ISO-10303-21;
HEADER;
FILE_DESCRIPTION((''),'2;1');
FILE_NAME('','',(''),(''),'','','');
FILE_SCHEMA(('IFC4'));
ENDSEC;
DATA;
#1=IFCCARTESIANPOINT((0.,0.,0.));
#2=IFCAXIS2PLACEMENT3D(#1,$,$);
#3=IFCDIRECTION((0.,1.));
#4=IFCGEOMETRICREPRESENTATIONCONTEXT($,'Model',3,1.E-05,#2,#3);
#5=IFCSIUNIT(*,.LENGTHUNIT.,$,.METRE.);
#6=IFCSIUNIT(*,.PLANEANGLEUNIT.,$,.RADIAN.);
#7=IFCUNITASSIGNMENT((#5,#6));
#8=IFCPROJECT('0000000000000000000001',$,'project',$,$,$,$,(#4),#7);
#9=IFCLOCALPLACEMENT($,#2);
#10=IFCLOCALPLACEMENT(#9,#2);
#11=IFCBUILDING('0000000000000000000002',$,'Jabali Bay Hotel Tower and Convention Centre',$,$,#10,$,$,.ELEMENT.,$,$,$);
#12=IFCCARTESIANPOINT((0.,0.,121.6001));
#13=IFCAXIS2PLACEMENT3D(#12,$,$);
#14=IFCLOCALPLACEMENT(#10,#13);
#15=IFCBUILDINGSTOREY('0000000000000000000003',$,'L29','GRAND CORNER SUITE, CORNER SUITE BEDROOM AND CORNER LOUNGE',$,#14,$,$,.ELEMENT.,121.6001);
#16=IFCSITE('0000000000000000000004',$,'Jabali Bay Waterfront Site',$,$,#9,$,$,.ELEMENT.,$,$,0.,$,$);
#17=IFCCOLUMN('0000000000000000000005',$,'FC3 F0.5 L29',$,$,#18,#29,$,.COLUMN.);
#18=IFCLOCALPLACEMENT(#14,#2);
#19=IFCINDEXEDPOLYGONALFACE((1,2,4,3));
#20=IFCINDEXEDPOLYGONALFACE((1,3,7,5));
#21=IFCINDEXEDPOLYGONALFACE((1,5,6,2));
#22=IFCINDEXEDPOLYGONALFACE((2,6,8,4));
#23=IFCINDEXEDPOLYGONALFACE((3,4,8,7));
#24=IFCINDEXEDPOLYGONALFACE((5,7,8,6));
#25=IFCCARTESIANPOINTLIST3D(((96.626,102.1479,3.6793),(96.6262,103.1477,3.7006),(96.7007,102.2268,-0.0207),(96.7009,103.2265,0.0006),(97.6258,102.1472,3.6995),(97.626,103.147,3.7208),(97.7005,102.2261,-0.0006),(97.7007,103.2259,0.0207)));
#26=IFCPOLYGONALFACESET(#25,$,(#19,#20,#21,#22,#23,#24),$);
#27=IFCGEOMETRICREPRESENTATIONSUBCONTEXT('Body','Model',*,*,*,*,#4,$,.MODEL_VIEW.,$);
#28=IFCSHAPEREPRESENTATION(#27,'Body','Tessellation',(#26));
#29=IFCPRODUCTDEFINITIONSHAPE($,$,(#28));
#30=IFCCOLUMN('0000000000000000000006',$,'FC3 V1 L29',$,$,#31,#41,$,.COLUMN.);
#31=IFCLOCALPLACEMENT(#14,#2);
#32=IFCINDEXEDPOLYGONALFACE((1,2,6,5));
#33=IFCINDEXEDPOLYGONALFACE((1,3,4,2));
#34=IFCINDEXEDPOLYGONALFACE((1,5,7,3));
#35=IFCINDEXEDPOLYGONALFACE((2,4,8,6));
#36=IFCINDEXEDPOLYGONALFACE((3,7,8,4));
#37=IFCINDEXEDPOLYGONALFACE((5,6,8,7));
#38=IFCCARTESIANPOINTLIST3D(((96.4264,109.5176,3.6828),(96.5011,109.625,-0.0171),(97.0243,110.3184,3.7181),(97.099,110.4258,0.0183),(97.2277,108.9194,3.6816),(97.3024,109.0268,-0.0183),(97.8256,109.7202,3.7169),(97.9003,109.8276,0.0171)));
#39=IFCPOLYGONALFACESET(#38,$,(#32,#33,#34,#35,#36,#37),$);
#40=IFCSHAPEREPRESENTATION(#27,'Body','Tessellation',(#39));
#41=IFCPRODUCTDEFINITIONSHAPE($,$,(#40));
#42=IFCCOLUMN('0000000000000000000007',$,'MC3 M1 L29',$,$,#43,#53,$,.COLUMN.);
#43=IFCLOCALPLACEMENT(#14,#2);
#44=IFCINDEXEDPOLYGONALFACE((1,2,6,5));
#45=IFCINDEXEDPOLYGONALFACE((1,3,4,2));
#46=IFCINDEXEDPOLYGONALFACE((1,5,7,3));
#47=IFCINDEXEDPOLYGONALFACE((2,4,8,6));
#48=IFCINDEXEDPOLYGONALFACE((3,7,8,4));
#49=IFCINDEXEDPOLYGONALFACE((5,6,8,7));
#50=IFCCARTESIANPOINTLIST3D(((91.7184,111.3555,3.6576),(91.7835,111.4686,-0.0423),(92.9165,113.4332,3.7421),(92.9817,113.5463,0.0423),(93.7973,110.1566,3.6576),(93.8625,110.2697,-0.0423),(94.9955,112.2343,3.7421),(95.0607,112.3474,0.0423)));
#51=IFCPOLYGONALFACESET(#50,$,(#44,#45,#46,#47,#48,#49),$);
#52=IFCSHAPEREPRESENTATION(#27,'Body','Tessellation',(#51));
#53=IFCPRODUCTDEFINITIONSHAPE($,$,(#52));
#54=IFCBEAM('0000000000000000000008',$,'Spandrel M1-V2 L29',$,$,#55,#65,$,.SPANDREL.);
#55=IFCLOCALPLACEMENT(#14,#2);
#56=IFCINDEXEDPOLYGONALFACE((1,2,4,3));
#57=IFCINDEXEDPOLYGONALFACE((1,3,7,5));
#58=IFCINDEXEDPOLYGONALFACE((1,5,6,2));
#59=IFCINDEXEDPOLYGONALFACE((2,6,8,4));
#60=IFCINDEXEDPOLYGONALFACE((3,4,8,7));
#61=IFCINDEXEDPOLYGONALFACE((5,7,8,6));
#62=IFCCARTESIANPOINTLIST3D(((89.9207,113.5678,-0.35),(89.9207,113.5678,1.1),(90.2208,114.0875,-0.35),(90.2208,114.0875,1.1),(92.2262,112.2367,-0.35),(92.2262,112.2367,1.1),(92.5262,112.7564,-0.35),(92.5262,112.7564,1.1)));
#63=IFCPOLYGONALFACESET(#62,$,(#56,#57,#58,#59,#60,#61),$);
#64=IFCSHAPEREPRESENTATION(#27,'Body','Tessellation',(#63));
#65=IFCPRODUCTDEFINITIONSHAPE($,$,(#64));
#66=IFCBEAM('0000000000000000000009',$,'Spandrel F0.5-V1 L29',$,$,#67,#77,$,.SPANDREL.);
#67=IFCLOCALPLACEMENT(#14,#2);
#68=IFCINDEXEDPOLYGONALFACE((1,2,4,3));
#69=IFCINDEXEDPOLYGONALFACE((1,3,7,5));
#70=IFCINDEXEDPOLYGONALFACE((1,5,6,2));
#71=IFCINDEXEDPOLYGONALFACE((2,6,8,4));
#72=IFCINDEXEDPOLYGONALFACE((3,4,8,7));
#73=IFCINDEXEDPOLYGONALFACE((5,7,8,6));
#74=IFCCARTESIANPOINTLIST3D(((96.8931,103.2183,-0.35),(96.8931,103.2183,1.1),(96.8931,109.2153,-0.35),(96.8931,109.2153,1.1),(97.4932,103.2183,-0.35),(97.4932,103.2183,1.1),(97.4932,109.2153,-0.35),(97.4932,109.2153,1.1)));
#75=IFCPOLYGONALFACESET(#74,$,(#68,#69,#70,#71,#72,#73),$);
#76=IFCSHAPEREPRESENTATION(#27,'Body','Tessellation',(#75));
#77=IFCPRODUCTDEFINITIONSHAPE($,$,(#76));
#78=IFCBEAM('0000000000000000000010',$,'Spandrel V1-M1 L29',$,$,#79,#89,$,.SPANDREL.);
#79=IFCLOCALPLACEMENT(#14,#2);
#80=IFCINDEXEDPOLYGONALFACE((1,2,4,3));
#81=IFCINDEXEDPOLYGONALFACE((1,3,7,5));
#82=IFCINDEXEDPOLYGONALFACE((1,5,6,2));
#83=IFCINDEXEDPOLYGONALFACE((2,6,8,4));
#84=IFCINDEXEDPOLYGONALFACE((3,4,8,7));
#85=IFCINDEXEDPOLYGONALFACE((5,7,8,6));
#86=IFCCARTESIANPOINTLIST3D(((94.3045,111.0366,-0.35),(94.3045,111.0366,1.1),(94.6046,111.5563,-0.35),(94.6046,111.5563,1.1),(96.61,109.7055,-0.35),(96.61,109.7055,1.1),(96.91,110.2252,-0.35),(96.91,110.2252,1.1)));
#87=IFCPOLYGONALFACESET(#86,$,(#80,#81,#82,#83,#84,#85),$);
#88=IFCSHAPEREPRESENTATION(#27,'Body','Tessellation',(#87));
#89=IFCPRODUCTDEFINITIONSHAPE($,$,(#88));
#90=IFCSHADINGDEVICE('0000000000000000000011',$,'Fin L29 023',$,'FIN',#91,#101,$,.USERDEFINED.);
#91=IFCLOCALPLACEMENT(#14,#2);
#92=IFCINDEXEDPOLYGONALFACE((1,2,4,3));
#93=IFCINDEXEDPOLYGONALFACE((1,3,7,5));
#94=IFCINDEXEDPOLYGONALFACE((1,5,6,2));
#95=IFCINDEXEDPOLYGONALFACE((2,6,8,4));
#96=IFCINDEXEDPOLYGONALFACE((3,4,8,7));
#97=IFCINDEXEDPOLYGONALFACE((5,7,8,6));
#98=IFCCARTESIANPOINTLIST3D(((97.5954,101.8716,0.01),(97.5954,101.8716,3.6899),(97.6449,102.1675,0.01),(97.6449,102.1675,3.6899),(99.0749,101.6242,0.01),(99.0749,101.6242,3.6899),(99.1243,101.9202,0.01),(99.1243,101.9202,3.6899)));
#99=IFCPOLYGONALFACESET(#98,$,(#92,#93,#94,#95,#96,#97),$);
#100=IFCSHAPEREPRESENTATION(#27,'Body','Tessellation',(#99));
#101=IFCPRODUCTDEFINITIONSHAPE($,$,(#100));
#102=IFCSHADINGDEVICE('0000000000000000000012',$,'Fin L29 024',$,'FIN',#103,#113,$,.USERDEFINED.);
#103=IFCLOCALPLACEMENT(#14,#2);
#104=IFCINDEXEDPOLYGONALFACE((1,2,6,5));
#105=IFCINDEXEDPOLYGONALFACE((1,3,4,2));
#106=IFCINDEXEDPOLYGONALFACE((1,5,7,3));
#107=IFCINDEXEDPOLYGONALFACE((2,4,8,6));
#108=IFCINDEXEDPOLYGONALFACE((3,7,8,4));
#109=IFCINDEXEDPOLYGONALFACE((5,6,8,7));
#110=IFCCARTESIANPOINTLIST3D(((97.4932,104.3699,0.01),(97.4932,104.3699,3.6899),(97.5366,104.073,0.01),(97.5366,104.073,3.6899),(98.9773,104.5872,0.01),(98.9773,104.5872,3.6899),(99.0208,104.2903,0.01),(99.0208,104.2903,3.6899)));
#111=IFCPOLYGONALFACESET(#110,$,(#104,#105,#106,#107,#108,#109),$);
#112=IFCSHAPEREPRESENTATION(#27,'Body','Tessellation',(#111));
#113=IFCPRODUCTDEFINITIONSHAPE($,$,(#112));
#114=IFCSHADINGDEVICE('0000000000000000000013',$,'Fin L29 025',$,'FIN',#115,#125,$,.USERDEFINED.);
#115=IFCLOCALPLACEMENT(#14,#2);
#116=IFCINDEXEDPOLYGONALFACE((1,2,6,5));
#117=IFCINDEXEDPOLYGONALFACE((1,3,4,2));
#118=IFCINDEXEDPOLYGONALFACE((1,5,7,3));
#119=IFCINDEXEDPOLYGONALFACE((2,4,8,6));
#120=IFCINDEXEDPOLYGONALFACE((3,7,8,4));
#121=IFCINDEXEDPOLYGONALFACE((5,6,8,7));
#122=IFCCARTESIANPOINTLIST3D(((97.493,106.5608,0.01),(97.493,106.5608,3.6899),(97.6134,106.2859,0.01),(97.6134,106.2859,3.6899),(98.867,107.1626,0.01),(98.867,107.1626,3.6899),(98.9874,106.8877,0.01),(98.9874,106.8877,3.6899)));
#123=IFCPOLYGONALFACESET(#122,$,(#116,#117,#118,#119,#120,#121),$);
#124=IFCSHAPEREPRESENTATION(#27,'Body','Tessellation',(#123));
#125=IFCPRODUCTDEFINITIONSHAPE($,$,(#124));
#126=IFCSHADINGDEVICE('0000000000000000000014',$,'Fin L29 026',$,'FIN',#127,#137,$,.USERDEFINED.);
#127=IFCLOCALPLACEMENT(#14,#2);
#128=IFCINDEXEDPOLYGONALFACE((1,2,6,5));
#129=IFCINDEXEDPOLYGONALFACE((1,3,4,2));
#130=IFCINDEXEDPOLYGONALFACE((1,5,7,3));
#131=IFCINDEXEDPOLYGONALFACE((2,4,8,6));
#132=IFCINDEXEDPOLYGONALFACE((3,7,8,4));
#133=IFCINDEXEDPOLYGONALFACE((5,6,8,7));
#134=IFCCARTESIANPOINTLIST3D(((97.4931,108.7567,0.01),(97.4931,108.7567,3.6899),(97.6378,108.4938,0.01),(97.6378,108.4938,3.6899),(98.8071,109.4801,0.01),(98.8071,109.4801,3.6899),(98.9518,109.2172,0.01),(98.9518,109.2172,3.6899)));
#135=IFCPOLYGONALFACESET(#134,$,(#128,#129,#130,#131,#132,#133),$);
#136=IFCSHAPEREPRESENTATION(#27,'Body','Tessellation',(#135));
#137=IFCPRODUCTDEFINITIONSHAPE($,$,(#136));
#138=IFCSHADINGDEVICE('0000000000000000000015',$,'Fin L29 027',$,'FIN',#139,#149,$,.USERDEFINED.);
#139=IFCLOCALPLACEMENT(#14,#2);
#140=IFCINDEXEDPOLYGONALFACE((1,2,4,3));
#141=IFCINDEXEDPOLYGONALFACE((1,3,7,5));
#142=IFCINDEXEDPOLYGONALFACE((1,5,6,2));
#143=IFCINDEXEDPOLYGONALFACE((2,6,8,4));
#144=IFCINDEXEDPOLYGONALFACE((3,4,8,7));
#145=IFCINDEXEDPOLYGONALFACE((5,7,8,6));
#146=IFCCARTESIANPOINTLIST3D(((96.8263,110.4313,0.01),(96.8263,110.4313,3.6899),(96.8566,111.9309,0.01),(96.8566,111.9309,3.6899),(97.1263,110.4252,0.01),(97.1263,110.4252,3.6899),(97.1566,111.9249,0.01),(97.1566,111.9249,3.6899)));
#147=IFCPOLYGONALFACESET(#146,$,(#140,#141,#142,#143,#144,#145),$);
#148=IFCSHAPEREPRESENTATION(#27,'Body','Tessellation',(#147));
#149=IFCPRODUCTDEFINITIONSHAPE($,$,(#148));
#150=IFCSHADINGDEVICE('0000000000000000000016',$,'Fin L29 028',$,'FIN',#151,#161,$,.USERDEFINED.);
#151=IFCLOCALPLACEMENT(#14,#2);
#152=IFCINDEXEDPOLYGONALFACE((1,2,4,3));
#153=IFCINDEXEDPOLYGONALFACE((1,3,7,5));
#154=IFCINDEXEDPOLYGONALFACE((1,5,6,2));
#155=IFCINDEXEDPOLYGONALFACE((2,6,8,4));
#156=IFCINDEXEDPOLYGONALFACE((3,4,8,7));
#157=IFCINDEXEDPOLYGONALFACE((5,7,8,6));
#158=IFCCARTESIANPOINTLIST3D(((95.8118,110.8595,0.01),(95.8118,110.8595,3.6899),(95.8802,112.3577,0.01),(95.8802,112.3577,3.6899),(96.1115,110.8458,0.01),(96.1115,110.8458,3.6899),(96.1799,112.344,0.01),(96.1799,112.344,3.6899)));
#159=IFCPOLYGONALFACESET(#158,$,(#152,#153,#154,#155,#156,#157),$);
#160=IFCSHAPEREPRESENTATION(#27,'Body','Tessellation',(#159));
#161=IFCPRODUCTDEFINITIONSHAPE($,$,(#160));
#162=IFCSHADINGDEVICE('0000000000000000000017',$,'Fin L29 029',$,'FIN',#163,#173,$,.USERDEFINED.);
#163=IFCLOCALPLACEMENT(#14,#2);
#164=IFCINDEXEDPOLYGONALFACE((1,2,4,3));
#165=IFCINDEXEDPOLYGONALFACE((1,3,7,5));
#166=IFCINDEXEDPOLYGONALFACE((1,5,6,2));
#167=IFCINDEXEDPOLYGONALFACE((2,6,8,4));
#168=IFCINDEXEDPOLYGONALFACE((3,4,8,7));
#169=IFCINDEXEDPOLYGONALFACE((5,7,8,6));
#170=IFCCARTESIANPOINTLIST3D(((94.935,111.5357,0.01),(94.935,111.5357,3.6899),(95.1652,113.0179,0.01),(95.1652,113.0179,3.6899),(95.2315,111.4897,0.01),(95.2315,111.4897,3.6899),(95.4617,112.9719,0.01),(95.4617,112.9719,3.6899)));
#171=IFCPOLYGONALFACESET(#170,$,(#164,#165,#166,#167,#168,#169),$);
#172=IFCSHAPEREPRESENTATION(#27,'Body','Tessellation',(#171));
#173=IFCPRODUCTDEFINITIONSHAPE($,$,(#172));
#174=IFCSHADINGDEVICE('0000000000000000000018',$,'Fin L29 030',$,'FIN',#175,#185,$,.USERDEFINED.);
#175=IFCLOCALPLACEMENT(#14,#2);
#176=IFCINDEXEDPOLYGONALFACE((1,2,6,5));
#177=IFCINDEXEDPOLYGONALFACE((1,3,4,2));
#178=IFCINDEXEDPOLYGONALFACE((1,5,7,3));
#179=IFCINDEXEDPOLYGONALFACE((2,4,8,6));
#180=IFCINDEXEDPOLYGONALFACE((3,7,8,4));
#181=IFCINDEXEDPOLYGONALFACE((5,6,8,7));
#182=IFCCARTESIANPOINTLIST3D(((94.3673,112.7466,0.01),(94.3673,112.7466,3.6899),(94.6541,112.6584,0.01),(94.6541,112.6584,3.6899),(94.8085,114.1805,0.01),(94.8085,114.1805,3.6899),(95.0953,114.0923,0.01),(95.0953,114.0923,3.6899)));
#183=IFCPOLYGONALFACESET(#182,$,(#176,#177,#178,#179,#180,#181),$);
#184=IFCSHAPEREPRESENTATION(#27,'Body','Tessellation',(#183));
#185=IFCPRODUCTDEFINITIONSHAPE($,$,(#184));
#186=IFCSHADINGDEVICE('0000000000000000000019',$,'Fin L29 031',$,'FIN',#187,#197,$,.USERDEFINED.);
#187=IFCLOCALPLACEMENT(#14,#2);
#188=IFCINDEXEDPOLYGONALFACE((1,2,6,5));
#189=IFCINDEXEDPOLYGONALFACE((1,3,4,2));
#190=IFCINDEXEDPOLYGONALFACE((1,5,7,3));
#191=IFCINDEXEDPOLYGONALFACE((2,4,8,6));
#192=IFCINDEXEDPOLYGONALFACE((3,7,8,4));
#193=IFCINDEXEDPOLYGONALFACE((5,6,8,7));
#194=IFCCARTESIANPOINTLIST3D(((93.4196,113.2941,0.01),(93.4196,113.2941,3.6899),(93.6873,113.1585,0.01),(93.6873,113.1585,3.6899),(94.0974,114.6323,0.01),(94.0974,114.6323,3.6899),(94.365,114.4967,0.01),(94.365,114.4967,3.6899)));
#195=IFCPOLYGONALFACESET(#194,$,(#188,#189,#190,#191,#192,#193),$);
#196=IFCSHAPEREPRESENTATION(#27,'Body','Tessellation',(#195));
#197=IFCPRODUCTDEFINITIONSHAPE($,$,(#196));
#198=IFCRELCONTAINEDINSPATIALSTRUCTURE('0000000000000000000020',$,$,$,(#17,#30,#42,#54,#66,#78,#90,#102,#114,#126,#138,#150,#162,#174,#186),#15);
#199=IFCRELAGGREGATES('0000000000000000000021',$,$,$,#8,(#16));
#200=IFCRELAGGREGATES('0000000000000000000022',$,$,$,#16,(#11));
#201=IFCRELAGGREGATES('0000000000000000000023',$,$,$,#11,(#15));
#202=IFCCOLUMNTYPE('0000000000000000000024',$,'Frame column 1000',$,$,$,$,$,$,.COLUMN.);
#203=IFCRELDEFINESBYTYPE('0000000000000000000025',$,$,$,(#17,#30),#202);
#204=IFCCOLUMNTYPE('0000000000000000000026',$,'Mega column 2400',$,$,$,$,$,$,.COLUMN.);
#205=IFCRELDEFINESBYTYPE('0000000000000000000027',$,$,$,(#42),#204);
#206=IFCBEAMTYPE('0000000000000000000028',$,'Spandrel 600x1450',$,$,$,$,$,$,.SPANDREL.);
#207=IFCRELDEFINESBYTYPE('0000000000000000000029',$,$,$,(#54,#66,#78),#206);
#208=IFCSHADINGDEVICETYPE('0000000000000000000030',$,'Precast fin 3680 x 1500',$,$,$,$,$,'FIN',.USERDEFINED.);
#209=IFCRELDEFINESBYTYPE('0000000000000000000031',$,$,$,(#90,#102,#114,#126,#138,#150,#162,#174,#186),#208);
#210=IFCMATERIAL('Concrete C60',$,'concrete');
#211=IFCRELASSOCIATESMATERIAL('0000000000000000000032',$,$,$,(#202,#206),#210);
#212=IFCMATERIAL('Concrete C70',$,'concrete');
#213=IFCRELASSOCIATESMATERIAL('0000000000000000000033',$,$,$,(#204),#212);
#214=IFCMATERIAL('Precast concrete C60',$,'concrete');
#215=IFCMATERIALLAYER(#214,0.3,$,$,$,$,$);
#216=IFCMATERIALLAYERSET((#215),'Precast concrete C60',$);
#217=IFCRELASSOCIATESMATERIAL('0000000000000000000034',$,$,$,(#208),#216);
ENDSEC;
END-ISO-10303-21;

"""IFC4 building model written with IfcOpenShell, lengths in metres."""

from ifc_helpers import new_model, si_unit, direction, frame, frame_2d, origin, origin_2d, place, context, subcontext, project, spatial, rectangle, extrude, material, layer, layer_set, material_profile, profile_set, type_object, element, save


model = new_model("IFC4")

# Units and contexts
model_context = context("Model", 3, precision=1e-05, world=origin(), true_north=direction((0.0, 1.0)))
body_context = subcontext(model_context, "Body", "Model", "MODEL_VIEW")
ifc_project = project(units=[si_unit("LENGTHUNIT", "METRE"), si_unit("PLANEANGLEUNIT", "RADIAN")], contexts=[model_context])

# Site, building, storey
site_placement = place(None, origin())
site = spatial("IfcSite", under=ifc_project, at=site_placement, Name="Jabali Bay Waterfront Site", CompositionType="ELEMENT", RefElevation=0.0)
building_placement = place(site_placement, origin())
building = spatial("IfcBuilding", under=site, at=building_placement, Name="Jabali Bay Hotel Tower and Convention Centre", CompositionType="ELEMENT")
storey_placement = place(building_placement, frame((0.0, 0.0, 121.6001)))
storey = spatial("IfcBuildingStorey", under=building, at=storey_placement, Name="L29", Description="GRAND CORNER SUITE, CORNER SUITE BEDROOM AND CORNER LOUNGE", CompositionType="ELEMENT", Elevation=121.6001)

# Columns
ifc_material_1 = material(Name="Concrete C60", Category="concrete")
ifc_material_profile_1 = material_profile(ifc_material_1, rectangle(XDim=1.0, YDim=1.0, at=origin_2d()), Name="Frame column 1000")
ifc_profile_set_1 = profile_set([ifc_material_profile_1], Name="Concrete C60")
column_type_1 = type_object("IfcColumnType", Name="Frame column 1000", PredefinedType="COLUMN", material=ifc_profile_set_1)
column_1_placement = place(storey_placement, frame((97.2007, 102.7263, 0.0), z_axis=(-0.020183, -0.021304, 0.999569), x_axis=(0.999796, -0.000658, 0.020173)))
element("IfcColumn", 1, at=column_1_placement, inside=storey, type_object=column_type_1, Name="FC3 F0.5 L29", PredefinedType="COLUMN", context=body_context, shape_type="SweptSolid", body=[
    extrude(rectangle(XDim=1.0, YDim=1.0, at=origin_2d()), origin(), (0.0, 0.0, 1.0), 3.7017),
])
column_2_placement = place(storey_placement, frame((97.2007, 109.7263, 0.0), z_axis=(-0.020179, -0.029015, 0.999375), x_axis=(0.597893, 0.800797, 0.035322)))
element("IfcColumn", 2, at=column_2_placement, inside=storey, type_object=column_type_1, Name="FC3 V1 L29", PredefinedType="COLUMN", context=body_context, shape_type="SweptSolid", body=[
    extrude(rectangle(XDim=1.0, YDim=1.0, at=origin_2d()), origin(), (0.0, 0.0, 1.0), 3.7021),
])
ifc_material_2 = material(Name="Concrete C70", Category="concrete")
ifc_material_profile_2 = material_profile(ifc_material_2, rectangle(XDim=2.3999, YDim=2.3999, at=origin_2d()), Name="Mega column 2400")
ifc_profile_set_2 = profile_set([ifc_material_profile_2], Name="Concrete C70")
column_type_2 = type_object("IfcColumnType", Name="Mega column 2400", PredefinedType="COLUMN", material=ifc_profile_set_2)
column_3_placement = place(storey_placement, frame((93.4221, 111.908, 0.0), z_axis=(-0.017607, -0.030532, 0.999379), x_axis=(0.499253, 0.865739, 0.035245)))
element("IfcColumn", 3, at=column_3_placement, inside=storey, type_object=column_type_2, Name="MC3 M1 L29", PredefinedType="COLUMN", context=body_context, shape_type="SweptSolid", body=[
    extrude(rectangle(XDim=2.3999, YDim=2.3999, at=origin_2d()), origin(), (0.0, 0.0, 1.0), 3.7021),
])

# Beams
ifc_material_profile_3 = material_profile(ifc_material_1, rectangle(XDim=0.6001, YDim=1.45, at=origin_2d()), Name="Spandrel 600x1450")
ifc_profile_set_3 = profile_set([ifc_material_profile_3], Name="Concrete C60")
beam_type = type_object("IfcBeamType", Name="Spandrel 600x1450", PredefinedType="SPANDREL", material=ifc_profile_set_3)
beam_1_placement = place(storey_placement, frame((92.3762, 112.4966, 0.375), z_axis=(-0.866022, 0.500006, 0.0), x_axis=(-0.500006, -0.866022, 0.0)))
element("IfcBeam", 4, at=beam_1_placement, inside=storey, type_object=beam_type, Name="Spandrel M1-V2 L29", PredefinedType="SPANDREL", context=body_context, shape_type="SweptSolid", body=[
    extrude(rectangle(XDim=0.6001, YDim=1.45, at=origin_2d()), origin(), (0.0, 0.0, 1.0), 2.6621),
])
beam_2_placement = place(storey_placement, frame((97.1931, 103.2183, 0.375), z_axis=(0.0, 1.0, 0.0), x_axis=(-1.0, 0.0, 0.0)))
element("IfcBeam", 5, at=beam_2_placement, inside=storey, type_object=beam_type, Name="Spandrel F0.5-V1 L29", PredefinedType="SPANDREL", context=body_context, shape_type="SweptSolid", body=[
    extrude(rectangle(XDim=0.6001, YDim=1.45, at=origin_2d()), origin(), (0.0, 0.0, 1.0), 5.9971),
])
beam_3_placement = place(storey_placement, frame((96.76, 109.9653, 0.375), z_axis=(-0.866022, 0.500006, 0.0), x_axis=(-0.500006, -0.866022, 0.0)))
element("IfcBeam", 6, at=beam_3_placement, inside=storey, type_object=beam_type, Name="Spandrel V1-M1 L29", PredefinedType="SPANDREL", context=body_context, shape_type="SweptSolid", body=[
    extrude(rectangle(XDim=0.6001, YDim=1.45, at=origin_2d()), origin(), (0.0, 0.0, 1.0), 2.6621),
])

# Shading devices
ifc_material_3 = material(Name="Precast concrete C60", Category="concrete")
ifc_layer_1 = layer(ifc_material_3, 0.3)
ifc_layer_set_1 = layer_set([ifc_layer_1], Name="Precast concrete C60")
shading_device_type = type_object("IfcShadingDeviceType", Name="Precast fin 3680 x 1500", ElementType="FIN", PredefinedType="USERDEFINED", material=ifc_layer_set_1)
for number, where, z_axis, x_axis, name in (
    (7, (97.6201, 102.0195, 0.01), (0.0, 0.0, 1.0), (0.986315, -0.164874, 0.0), "Fin L29 023"),
    (8, (97.5149, 104.2214, 0.01), (0.0, 0.0, 1.0), (0.989452, 0.144861, 0.0), "Fin L29 024"),
    (9, (97.5532, 106.4233, 0.01), (0.0, 0.0, 1.0), (0.915993, 0.401194, 0.0), "Fin L29 025"),
    (10, (97.5654, 108.6252, 0.01), (0.0, 0.0, 1.0), (0.876017, 0.482281, 0.0), "Fin L29 026"),
    (11, (96.9763, 110.4282, 0.01), (0.0, 0.0, 1.0), (0.020181, 0.999796, 0.0), "Fin L29 027"),
):
    element("IfcShadingDevice", number, at=place(storey_placement, frame(where, z_axis=z_axis, x_axis=x_axis)), inside=storey, type_object=shading_device_type, Name=name, ObjectType="FIN", PredefinedType="USERDEFINED", context=body_context, shape_type="SweptSolid", body=[
        extrude(rectangle(XDim=1.5, YDim=0.3, at=frame_2d((0.75, 0.0))), origin(), (0.0, 0.0, 1.0), 3.6799),
    ])
shading_device_1_placement = place(storey_placement, frame((95.9617, 110.8525, 0.01), z_axis=(0.0, 0.0, 1.0), x_axis=(0.045577, 0.998961, 0.0)))
element("IfcShadingDevice", 12, at=shading_device_1_placement, inside=storey, type_object=shading_device_type, Name="Fin L29 028", ObjectType="FIN", PredefinedType="USERDEFINED", context=body_context, shape_type="SweptSolid", body=[
    extrude(rectangle(XDim=1.4998, YDim=0.3, at=frame_2d((0.75, 0.0))), origin(), (0.0, 0.0, 1.0), 3.6799),
])
shading_device_2_placement = place(storey_placement, frame((95.0833, 111.5127, 0.01), z_axis=(0.0, 0.0, 1.0), x_axis=(0.153488, 0.988151, 0.0)))
element("IfcShadingDevice", 13, at=shading_device_2_placement, inside=storey, type_object=shading_device_type, Name="Fin L29 029", ObjectType="FIN", PredefinedType="USERDEFINED", context=body_context, shape_type="SweptSolid", body=[
    extrude(rectangle(XDim=1.5, YDim=0.3, at=frame_2d((0.75, 0.0))), origin(), (0.0, 0.0, 1.0), 3.6799),
])
shading_device_3_placement = place(storey_placement, frame((94.5107, 112.7026, 0.01), z_axis=(0.0, 0.0, 1.0), x_axis=(0.294074, 0.955783, 0.0)))
element("IfcShadingDevice", 14, at=shading_device_3_placement, inside=storey, type_object=shading_device_type, Name="Fin L29 030", ObjectType="FIN", PredefinedType="USERDEFINED", context=body_context, shape_type="SweptSolid", body=[
    extrude(rectangle(XDim=1.5002, YDim=0.3, at=frame_2d((0.75, 0.0))), origin(), (0.0, 0.0, 1.0), 3.6799),
])
for number, where, z_axis, x_axis, name in (
    (15, (93.5535, 113.2263, 0.01), (0.0, 0.0, 1.0), (0.45183, 0.892104, 0.0), "Fin L29 031"),
):
    element("IfcShadingDevice", number, at=place(storey_placement, frame(where, z_axis=z_axis, x_axis=x_axis)), inside=storey, type_object=shading_device_type, Name=name, ObjectType="FIN", PredefinedType="USERDEFINED", context=body_context, shape_type="SweptSolid", body=[
        extrude(rectangle(XDim=1.5, YDim=0.3, at=frame_2d((0.75, 0.0))), origin(), (0.0, 0.0, 1.0), 3.6799),
    ])

save(model, "model.ifc")
